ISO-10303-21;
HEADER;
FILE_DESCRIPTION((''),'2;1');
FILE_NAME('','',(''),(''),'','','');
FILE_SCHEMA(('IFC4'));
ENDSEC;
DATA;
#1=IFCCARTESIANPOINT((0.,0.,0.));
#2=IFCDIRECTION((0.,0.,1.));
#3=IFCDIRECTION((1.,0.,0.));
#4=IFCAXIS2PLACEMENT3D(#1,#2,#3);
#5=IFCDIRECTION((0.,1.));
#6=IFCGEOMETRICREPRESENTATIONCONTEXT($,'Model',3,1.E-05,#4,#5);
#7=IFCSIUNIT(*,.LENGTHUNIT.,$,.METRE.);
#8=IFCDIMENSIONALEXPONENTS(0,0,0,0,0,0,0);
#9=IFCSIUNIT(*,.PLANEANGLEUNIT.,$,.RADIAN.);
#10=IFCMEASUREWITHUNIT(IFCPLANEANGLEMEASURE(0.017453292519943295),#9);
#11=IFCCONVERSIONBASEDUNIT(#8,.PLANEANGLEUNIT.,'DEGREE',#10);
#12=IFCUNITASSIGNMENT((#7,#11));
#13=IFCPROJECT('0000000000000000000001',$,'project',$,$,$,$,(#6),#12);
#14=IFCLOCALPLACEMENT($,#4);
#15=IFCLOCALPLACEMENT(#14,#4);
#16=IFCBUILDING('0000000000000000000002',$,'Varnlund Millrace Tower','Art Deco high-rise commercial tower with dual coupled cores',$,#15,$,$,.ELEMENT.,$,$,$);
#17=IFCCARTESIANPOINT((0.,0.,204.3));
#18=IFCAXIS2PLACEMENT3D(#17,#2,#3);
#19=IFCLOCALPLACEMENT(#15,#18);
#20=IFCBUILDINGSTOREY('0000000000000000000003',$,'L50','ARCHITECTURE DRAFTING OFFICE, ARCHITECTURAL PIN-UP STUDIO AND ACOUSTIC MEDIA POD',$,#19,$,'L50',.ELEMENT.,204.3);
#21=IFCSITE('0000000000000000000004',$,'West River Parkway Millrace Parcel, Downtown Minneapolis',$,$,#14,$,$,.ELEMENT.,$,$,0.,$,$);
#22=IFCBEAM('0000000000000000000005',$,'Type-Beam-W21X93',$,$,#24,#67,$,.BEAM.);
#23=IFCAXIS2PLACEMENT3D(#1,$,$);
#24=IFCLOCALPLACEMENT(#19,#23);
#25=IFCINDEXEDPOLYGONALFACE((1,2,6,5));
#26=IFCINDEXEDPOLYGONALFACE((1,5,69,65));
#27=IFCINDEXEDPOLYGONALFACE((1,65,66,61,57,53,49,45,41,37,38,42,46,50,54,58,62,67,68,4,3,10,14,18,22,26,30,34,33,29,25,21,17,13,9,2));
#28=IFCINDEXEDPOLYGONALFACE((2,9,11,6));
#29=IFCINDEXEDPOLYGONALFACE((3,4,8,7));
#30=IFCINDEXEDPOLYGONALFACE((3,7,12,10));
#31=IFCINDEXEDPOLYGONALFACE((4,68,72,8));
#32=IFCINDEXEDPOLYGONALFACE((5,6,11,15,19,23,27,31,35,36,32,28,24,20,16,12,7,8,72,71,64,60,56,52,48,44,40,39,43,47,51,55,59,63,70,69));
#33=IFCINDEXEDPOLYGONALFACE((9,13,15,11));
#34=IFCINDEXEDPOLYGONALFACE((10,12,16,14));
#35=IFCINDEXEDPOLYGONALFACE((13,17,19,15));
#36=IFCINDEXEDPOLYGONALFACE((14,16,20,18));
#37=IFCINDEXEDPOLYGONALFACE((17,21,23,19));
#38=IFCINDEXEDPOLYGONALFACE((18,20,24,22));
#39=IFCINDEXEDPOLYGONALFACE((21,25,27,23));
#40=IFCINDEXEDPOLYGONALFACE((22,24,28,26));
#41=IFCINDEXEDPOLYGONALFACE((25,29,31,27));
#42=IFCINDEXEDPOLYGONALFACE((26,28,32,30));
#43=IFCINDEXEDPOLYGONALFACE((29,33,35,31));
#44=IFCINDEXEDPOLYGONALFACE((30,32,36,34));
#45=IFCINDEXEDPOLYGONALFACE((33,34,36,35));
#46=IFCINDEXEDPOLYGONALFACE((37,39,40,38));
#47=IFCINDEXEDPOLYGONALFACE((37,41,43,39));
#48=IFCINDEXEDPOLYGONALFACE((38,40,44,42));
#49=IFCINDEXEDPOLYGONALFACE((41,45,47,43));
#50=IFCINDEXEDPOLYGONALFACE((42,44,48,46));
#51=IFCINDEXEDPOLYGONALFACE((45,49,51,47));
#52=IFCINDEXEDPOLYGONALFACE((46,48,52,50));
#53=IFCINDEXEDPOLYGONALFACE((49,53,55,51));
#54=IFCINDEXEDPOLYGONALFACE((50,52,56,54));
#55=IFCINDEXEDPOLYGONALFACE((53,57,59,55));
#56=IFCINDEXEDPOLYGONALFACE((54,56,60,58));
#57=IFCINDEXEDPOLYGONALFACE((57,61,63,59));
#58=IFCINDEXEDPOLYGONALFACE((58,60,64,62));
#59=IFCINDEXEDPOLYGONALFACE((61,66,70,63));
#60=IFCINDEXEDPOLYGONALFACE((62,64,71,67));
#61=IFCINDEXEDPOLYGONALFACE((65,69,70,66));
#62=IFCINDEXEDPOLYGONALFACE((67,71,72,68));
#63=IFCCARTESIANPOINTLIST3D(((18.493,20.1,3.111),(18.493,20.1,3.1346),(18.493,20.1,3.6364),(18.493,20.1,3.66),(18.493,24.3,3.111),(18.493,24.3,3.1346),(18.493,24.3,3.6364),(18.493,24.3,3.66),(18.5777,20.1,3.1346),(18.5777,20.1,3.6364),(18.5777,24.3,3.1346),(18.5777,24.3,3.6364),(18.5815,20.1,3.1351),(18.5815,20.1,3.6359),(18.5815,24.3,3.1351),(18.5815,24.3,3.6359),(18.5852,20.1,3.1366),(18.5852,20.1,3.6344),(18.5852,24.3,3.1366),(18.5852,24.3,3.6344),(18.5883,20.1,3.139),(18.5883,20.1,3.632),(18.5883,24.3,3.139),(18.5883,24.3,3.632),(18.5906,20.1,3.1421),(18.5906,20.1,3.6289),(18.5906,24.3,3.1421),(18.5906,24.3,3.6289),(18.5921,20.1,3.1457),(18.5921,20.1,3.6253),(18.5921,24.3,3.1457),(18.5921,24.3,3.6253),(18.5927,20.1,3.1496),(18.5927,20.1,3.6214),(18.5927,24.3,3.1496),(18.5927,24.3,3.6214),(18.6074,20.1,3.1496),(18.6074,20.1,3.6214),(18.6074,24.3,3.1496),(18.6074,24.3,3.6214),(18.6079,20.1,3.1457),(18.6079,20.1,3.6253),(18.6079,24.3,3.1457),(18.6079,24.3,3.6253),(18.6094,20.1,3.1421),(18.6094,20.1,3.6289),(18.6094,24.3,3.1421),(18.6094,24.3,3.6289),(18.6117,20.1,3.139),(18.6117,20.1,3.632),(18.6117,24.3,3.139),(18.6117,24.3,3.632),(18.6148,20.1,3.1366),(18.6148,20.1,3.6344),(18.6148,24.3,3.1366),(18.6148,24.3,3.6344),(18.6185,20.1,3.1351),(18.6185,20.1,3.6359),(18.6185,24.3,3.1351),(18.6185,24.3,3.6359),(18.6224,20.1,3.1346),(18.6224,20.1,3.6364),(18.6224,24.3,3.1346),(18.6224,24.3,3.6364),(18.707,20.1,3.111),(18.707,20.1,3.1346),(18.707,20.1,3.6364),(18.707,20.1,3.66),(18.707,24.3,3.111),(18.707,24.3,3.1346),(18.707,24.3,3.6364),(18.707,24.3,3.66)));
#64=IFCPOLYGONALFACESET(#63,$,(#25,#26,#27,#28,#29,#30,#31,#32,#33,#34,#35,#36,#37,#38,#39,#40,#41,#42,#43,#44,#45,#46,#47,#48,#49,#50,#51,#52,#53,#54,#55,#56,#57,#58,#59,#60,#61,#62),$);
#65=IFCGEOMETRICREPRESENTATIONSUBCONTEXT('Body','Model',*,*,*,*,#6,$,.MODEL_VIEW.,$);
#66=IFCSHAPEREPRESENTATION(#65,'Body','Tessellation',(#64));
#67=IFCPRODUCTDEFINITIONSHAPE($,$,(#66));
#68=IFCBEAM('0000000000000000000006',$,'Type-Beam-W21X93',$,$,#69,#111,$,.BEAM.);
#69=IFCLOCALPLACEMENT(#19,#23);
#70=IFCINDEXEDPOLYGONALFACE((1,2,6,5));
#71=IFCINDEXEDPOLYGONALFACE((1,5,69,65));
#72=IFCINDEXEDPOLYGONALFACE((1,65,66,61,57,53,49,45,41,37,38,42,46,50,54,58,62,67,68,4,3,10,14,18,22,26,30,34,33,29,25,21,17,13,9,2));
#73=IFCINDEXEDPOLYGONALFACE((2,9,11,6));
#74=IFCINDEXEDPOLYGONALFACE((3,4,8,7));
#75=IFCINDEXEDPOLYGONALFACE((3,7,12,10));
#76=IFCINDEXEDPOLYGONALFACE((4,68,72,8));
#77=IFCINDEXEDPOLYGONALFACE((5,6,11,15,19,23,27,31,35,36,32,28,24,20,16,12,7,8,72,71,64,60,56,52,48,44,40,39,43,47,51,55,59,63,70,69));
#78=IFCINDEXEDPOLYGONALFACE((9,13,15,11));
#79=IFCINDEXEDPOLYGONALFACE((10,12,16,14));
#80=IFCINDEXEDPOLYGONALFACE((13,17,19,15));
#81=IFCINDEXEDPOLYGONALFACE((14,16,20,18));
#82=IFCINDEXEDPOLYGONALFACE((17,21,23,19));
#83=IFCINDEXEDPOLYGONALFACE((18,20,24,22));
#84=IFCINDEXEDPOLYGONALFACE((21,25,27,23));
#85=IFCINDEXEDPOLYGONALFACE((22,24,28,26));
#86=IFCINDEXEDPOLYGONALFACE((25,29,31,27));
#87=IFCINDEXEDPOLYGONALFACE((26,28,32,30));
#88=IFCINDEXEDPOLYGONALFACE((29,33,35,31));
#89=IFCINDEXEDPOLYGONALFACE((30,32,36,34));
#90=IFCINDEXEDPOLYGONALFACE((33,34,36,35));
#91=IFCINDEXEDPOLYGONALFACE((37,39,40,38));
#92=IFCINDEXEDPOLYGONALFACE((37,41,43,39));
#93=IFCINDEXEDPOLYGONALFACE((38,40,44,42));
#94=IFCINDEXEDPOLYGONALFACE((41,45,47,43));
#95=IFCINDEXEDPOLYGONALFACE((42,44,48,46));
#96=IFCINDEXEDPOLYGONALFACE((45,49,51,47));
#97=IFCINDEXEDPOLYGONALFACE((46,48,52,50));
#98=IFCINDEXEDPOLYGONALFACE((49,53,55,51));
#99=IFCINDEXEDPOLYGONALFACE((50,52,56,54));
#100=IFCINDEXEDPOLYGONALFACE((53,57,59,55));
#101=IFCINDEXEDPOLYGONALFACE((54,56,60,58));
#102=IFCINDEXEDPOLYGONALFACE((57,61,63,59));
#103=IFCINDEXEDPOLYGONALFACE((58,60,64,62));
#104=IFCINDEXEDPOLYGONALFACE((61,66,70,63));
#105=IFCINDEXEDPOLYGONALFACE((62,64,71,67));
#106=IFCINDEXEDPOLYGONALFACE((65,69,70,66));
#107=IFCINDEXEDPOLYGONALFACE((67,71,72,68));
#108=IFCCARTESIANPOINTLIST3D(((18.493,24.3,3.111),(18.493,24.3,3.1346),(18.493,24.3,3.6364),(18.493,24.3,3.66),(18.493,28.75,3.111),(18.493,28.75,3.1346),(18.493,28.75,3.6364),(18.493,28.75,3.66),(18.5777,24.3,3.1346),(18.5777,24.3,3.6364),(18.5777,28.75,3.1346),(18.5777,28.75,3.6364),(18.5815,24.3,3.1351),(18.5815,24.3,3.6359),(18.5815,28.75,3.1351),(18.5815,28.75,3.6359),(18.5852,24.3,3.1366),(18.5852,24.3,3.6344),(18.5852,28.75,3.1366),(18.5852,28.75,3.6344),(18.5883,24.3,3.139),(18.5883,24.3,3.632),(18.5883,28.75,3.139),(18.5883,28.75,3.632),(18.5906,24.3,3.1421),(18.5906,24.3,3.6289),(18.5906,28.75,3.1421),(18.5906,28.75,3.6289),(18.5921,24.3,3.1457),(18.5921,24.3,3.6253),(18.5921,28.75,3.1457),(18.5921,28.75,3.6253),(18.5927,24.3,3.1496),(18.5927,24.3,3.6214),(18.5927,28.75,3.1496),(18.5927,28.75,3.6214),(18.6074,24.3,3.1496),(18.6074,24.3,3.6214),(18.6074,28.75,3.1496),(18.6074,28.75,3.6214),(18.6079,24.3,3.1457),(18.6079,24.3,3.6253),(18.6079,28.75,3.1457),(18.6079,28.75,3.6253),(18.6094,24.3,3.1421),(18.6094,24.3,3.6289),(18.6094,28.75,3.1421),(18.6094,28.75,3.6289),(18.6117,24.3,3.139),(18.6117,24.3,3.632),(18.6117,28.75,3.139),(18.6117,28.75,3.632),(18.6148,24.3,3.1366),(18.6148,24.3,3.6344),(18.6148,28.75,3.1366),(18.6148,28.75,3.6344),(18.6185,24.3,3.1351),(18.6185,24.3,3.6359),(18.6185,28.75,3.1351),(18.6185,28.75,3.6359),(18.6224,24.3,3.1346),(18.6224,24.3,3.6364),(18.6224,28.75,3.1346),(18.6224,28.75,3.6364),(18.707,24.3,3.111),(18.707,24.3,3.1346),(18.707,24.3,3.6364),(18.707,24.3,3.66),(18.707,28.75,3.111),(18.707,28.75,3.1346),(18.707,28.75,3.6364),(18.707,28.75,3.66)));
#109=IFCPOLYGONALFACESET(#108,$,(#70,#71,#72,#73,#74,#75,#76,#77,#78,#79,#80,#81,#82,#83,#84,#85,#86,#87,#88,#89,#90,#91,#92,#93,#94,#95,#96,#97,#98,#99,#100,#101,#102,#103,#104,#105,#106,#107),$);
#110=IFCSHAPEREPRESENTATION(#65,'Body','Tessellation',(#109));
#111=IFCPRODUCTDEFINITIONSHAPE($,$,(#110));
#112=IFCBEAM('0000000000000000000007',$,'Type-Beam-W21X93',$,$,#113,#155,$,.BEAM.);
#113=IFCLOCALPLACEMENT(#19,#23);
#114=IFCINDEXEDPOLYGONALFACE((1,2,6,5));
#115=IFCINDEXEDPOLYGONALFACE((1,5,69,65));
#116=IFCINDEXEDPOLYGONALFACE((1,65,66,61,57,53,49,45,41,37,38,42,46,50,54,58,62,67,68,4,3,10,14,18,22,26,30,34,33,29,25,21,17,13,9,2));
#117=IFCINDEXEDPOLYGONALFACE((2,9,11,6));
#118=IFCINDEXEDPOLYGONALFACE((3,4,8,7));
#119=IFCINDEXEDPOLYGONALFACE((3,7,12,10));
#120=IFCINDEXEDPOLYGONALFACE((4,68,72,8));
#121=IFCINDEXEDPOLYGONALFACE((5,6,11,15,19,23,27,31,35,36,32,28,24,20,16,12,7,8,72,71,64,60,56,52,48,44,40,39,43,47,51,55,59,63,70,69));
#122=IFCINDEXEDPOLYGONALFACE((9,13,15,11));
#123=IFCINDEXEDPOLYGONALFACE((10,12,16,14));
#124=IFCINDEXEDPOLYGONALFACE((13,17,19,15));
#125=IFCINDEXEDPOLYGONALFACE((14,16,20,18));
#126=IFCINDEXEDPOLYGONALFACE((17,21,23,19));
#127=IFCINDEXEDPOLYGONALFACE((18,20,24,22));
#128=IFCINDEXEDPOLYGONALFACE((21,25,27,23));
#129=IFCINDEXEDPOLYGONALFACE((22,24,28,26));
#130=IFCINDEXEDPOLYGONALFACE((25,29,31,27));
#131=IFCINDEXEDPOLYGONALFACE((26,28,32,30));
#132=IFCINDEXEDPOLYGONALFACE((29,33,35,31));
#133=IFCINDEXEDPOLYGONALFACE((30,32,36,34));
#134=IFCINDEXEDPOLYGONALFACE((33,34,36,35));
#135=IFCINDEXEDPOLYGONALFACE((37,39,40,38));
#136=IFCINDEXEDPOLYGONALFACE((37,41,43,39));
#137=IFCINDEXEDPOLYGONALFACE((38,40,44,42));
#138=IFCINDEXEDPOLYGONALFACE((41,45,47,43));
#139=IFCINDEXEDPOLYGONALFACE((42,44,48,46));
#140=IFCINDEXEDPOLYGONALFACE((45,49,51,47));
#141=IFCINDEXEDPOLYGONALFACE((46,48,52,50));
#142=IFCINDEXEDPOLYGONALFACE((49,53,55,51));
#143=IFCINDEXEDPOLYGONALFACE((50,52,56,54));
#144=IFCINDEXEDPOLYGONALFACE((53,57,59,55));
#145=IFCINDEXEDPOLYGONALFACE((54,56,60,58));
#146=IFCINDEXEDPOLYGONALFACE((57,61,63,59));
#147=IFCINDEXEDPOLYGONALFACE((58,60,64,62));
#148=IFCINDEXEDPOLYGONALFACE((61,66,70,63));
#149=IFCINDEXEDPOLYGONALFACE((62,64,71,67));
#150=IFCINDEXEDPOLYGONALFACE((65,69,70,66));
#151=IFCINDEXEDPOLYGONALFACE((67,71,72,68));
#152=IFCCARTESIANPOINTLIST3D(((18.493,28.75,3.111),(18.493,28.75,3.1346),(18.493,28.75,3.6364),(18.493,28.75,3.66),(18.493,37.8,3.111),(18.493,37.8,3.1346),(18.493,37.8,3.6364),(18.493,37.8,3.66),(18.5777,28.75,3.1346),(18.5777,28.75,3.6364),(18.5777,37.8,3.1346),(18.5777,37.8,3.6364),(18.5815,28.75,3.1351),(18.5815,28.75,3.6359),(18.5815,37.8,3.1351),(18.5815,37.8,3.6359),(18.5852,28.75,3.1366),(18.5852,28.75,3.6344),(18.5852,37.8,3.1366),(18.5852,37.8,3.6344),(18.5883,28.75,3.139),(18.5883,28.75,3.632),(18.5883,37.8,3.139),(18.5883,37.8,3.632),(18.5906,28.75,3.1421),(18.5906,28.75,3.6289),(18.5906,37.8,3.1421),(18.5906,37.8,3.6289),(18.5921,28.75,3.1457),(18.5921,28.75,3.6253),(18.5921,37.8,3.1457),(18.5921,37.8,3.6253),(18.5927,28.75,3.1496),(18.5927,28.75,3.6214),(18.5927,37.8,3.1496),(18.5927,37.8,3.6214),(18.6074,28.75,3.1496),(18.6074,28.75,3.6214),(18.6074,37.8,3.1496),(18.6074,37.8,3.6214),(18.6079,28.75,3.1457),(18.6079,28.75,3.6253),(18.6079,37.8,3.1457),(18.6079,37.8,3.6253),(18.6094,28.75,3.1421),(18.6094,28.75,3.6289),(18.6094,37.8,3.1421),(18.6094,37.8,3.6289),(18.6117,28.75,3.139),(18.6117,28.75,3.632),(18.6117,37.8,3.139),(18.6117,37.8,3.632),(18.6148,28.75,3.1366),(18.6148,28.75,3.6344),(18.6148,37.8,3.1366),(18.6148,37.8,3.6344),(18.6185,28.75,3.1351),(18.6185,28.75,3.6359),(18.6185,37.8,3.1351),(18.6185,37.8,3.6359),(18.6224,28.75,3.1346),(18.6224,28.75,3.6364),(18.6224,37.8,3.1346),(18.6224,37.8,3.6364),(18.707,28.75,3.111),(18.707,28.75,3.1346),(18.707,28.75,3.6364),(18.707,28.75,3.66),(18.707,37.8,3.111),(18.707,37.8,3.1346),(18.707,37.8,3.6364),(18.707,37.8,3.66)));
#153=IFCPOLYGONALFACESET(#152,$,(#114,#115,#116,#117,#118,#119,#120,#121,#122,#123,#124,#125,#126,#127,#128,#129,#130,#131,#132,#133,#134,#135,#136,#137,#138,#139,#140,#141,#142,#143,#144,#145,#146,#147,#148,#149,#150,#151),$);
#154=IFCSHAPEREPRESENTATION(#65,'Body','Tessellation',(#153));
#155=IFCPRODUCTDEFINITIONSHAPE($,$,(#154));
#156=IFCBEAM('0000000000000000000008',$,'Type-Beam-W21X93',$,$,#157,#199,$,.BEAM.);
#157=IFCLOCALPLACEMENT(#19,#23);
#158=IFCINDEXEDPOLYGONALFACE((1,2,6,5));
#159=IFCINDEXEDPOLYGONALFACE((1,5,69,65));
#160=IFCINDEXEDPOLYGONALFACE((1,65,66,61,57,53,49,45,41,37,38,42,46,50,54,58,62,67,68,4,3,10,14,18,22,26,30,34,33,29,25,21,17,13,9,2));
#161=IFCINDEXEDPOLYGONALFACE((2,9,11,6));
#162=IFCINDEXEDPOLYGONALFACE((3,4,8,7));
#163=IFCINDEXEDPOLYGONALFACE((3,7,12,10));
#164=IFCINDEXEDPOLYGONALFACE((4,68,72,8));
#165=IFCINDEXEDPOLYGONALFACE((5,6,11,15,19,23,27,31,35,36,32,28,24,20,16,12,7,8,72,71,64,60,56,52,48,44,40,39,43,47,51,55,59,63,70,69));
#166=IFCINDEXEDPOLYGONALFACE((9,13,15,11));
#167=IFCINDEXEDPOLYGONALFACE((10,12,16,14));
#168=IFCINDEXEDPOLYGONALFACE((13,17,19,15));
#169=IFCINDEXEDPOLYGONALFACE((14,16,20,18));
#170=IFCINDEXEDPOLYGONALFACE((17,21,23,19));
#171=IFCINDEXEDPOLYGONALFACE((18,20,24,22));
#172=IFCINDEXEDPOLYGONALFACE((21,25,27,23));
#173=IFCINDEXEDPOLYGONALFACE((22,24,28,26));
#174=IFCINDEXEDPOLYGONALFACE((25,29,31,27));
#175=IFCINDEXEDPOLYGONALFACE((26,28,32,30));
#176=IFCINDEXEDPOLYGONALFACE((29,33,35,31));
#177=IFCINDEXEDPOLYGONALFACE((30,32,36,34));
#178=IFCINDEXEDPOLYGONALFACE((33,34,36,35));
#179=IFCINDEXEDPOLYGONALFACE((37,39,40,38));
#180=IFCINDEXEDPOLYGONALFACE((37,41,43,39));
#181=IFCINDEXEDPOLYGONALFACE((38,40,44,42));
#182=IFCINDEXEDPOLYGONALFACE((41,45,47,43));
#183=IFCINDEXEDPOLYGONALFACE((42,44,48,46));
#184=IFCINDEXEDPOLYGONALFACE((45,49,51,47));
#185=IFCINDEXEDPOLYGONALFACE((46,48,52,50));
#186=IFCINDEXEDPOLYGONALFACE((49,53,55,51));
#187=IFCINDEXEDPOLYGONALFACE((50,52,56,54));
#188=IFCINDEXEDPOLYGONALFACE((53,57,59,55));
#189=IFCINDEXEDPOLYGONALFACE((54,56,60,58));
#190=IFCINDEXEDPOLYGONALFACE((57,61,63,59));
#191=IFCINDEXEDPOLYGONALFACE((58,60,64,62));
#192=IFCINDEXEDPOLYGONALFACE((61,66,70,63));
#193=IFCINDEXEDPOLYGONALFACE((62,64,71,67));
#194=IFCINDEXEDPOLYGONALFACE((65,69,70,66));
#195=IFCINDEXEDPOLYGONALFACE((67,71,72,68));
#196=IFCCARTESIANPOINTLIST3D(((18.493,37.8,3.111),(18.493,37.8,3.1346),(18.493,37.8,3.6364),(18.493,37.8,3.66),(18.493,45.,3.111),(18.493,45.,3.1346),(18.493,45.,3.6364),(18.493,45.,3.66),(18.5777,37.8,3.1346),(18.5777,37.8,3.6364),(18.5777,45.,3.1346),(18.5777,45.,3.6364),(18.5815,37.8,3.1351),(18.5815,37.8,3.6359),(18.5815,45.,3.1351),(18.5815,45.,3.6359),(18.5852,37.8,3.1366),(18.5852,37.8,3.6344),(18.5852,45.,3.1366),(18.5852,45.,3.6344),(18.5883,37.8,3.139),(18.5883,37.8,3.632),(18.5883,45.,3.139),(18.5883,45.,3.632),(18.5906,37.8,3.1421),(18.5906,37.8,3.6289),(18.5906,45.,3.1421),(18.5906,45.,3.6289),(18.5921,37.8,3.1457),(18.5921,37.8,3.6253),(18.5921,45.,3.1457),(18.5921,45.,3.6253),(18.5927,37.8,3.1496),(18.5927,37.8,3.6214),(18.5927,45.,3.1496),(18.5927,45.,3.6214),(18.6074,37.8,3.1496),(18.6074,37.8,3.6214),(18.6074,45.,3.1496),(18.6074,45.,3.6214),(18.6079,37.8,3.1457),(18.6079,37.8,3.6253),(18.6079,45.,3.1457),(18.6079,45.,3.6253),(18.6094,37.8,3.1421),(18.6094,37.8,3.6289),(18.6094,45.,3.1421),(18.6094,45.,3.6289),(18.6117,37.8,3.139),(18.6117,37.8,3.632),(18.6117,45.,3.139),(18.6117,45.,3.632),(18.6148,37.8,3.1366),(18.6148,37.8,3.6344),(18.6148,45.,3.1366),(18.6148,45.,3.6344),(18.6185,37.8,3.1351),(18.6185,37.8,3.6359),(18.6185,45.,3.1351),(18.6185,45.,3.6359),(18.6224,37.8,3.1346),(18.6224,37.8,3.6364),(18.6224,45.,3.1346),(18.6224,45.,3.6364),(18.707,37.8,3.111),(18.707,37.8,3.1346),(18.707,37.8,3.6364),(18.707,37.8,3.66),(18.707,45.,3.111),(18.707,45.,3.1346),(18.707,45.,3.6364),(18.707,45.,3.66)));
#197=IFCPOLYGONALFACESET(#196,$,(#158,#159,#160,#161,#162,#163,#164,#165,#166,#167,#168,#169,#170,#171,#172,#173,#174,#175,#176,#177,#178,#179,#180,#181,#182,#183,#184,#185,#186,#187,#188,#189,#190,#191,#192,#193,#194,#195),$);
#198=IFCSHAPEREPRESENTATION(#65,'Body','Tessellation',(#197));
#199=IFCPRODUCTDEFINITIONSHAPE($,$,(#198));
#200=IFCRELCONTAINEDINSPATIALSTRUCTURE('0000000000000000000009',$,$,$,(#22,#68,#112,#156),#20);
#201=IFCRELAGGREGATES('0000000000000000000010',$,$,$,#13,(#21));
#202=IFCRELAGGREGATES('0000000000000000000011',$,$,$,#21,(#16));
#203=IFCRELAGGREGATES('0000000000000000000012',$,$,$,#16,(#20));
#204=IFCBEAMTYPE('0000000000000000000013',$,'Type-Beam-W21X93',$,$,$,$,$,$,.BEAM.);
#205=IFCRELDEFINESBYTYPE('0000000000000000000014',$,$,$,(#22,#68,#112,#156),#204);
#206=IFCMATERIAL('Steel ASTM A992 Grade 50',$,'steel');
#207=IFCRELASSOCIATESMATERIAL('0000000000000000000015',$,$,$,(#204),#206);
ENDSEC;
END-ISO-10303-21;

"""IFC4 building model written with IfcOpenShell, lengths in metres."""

from ifc_helpers import new_model, entity, si_unit, converted_unit, direction, frame, origin_with_axes, origin_2d_with_axis, place, context, subcontext, project, spatial, i_section, extrude, material, material_profile, profile_set, type_object, element, save


model = new_model("IFC4")

# Units and contexts
model_context = context("Model", 3, precision=1e-05, world=origin_with_axes(), true_north=direction((0.0, 1.0)))
body_context = subcontext(model_context, "Body", "Model", "MODEL_VIEW")
ifc_project = project(units=[si_unit("LENGTHUNIT", "METRE"), converted_unit("PLANEANGLEUNIT", "DEGREE", entity("IfcPlaneAngleMeasure", 0.017453292519943295), si_unit("PLANEANGLEUNIT", "RADIAN"), dimensions=[0, 0, 0, 0, 0, 0, 0])], contexts=[model_context])

# Site, building, storey
site_placement = place(None, origin_with_axes())
site = spatial("IfcSite", under=ifc_project, at=site_placement, Name="West River Parkway Millrace Parcel, Downtown Minneapolis", CompositionType="ELEMENT", RefElevation=0.0)
building_placement = place(site_placement, origin_with_axes())
building = spatial("IfcBuilding", under=site, at=building_placement, Name="Varnlund Millrace Tower", Description="Art Deco high-rise commercial tower with dual coupled cores", CompositionType="ELEMENT")
storey_placement = place(building_placement, frame((0.0, 0.0, 204.3), z_axis=(0.0, 0.0, 1.0), x_axis=(1.0, 0.0, 0.0)))
storey = spatial("IfcBuildingStorey", under=building, at=storey_placement, Name="L50", Description="ARCHITECTURE DRAFTING OFFICE, ARCHITECTURAL PIN-UP STUDIO AND ACOUSTIC MEDIA POD", LongName="L50", CompositionType="ELEMENT", Elevation=204.3)

# Beams
ifc_material_1 = material(Name="Steel ASTM A992 Grade 50", Category="steel")
ifc_material_profile_1 = material_profile(ifc_material_1, i_section(OverallWidth=0.214, OverallDepth=0.549, WebThickness=0.0147, FlangeThickness=0.0236, FilletRadius=0.015, at=origin_2d_with_axis()), Name="Steel ASTM A992 Grade 50")
ifc_profile_set_1 = profile_set([ifc_material_profile_1], Name="Steel ASTM A992 Grade 50")
beam_type_1 = type_object("IfcBeamType", Name="Type-Beam-W21X93", PredefinedType="BEAM", material=ifc_profile_set_1)
beam_1_placement = place(storey_placement, frame((18.6, 20.1, 3.3855), z_axis=(0.0, 1.0, 0.0), x_axis=(-1.0, 0.0, 0.0)))
element("IfcBeam", 1, at=beam_1_placement, inside=storey, type_object=beam_type_1, Name="Type-Beam-W21X93", PredefinedType="BEAM", context=body_context, shape_type="SweptSolid", body=[
    extrude(i_section(OverallWidth=0.214, OverallDepth=0.549, WebThickness=0.0147, FlangeThickness=0.0236, FilletRadius=0.015, at=origin_2d_with_axis()), origin_with_axes(), (0.0, 0.0, 1.0), 4.2),
])
beam_2_placement = place(storey_placement, frame((18.6, 24.3, 3.3855), z_axis=(0.0, 1.0, 0.0), x_axis=(-1.0, 0.0, 0.0)))
element("IfcBeam", 2, at=beam_2_placement, inside=storey, type_object=beam_type_1, Name="Type-Beam-W21X93", PredefinedType="BEAM", context=body_context, shape_type="SweptSolid", body=[
    extrude(i_section(OverallWidth=0.214, OverallDepth=0.549, WebThickness=0.0147, FlangeThickness=0.0236, FilletRadius=0.015, at=origin_2d_with_axis()), origin_with_axes(), (0.0, 0.0, 1.0), 4.45),
])
beam_3_placement = place(storey_placement, frame((18.6, 28.75, 3.3855), z_axis=(0.0, 1.0, 0.0), x_axis=(-1.0, 0.0, 0.0)))
element("IfcBeam", 3, at=beam_3_placement, inside=storey, type_object=beam_type_1, Name="Type-Beam-W21X93", PredefinedType="BEAM", context=body_context, shape_type="SweptSolid", body=[
    extrude(i_section(OverallWidth=0.214, OverallDepth=0.549, WebThickness=0.0147, FlangeThickness=0.0236, FilletRadius=0.015, at=origin_2d_with_axis()), origin_with_axes(), (0.0, 0.0, 1.0), 9.05),
])
beam_4_placement = place(storey_placement, frame((18.6, 37.8, 3.3855), z_axis=(0.0, 1.0, 0.0), x_axis=(-1.0, 0.0, 0.0)))
element("IfcBeam", 4, at=beam_4_placement, inside=storey, type_object=beam_type_1, Name="Type-Beam-W21X93", PredefinedType="BEAM", context=body_context, shape_type="SweptSolid", body=[
    extrude(i_section(OverallWidth=0.214, OverallDepth=0.549, WebThickness=0.0147, FlangeThickness=0.0236, FilletRadius=0.015, at=origin_2d_with_axis()), origin_with_axes(), (0.0, 0.0, 1.0), 7.2),
])

save(model, "model.ifc")
